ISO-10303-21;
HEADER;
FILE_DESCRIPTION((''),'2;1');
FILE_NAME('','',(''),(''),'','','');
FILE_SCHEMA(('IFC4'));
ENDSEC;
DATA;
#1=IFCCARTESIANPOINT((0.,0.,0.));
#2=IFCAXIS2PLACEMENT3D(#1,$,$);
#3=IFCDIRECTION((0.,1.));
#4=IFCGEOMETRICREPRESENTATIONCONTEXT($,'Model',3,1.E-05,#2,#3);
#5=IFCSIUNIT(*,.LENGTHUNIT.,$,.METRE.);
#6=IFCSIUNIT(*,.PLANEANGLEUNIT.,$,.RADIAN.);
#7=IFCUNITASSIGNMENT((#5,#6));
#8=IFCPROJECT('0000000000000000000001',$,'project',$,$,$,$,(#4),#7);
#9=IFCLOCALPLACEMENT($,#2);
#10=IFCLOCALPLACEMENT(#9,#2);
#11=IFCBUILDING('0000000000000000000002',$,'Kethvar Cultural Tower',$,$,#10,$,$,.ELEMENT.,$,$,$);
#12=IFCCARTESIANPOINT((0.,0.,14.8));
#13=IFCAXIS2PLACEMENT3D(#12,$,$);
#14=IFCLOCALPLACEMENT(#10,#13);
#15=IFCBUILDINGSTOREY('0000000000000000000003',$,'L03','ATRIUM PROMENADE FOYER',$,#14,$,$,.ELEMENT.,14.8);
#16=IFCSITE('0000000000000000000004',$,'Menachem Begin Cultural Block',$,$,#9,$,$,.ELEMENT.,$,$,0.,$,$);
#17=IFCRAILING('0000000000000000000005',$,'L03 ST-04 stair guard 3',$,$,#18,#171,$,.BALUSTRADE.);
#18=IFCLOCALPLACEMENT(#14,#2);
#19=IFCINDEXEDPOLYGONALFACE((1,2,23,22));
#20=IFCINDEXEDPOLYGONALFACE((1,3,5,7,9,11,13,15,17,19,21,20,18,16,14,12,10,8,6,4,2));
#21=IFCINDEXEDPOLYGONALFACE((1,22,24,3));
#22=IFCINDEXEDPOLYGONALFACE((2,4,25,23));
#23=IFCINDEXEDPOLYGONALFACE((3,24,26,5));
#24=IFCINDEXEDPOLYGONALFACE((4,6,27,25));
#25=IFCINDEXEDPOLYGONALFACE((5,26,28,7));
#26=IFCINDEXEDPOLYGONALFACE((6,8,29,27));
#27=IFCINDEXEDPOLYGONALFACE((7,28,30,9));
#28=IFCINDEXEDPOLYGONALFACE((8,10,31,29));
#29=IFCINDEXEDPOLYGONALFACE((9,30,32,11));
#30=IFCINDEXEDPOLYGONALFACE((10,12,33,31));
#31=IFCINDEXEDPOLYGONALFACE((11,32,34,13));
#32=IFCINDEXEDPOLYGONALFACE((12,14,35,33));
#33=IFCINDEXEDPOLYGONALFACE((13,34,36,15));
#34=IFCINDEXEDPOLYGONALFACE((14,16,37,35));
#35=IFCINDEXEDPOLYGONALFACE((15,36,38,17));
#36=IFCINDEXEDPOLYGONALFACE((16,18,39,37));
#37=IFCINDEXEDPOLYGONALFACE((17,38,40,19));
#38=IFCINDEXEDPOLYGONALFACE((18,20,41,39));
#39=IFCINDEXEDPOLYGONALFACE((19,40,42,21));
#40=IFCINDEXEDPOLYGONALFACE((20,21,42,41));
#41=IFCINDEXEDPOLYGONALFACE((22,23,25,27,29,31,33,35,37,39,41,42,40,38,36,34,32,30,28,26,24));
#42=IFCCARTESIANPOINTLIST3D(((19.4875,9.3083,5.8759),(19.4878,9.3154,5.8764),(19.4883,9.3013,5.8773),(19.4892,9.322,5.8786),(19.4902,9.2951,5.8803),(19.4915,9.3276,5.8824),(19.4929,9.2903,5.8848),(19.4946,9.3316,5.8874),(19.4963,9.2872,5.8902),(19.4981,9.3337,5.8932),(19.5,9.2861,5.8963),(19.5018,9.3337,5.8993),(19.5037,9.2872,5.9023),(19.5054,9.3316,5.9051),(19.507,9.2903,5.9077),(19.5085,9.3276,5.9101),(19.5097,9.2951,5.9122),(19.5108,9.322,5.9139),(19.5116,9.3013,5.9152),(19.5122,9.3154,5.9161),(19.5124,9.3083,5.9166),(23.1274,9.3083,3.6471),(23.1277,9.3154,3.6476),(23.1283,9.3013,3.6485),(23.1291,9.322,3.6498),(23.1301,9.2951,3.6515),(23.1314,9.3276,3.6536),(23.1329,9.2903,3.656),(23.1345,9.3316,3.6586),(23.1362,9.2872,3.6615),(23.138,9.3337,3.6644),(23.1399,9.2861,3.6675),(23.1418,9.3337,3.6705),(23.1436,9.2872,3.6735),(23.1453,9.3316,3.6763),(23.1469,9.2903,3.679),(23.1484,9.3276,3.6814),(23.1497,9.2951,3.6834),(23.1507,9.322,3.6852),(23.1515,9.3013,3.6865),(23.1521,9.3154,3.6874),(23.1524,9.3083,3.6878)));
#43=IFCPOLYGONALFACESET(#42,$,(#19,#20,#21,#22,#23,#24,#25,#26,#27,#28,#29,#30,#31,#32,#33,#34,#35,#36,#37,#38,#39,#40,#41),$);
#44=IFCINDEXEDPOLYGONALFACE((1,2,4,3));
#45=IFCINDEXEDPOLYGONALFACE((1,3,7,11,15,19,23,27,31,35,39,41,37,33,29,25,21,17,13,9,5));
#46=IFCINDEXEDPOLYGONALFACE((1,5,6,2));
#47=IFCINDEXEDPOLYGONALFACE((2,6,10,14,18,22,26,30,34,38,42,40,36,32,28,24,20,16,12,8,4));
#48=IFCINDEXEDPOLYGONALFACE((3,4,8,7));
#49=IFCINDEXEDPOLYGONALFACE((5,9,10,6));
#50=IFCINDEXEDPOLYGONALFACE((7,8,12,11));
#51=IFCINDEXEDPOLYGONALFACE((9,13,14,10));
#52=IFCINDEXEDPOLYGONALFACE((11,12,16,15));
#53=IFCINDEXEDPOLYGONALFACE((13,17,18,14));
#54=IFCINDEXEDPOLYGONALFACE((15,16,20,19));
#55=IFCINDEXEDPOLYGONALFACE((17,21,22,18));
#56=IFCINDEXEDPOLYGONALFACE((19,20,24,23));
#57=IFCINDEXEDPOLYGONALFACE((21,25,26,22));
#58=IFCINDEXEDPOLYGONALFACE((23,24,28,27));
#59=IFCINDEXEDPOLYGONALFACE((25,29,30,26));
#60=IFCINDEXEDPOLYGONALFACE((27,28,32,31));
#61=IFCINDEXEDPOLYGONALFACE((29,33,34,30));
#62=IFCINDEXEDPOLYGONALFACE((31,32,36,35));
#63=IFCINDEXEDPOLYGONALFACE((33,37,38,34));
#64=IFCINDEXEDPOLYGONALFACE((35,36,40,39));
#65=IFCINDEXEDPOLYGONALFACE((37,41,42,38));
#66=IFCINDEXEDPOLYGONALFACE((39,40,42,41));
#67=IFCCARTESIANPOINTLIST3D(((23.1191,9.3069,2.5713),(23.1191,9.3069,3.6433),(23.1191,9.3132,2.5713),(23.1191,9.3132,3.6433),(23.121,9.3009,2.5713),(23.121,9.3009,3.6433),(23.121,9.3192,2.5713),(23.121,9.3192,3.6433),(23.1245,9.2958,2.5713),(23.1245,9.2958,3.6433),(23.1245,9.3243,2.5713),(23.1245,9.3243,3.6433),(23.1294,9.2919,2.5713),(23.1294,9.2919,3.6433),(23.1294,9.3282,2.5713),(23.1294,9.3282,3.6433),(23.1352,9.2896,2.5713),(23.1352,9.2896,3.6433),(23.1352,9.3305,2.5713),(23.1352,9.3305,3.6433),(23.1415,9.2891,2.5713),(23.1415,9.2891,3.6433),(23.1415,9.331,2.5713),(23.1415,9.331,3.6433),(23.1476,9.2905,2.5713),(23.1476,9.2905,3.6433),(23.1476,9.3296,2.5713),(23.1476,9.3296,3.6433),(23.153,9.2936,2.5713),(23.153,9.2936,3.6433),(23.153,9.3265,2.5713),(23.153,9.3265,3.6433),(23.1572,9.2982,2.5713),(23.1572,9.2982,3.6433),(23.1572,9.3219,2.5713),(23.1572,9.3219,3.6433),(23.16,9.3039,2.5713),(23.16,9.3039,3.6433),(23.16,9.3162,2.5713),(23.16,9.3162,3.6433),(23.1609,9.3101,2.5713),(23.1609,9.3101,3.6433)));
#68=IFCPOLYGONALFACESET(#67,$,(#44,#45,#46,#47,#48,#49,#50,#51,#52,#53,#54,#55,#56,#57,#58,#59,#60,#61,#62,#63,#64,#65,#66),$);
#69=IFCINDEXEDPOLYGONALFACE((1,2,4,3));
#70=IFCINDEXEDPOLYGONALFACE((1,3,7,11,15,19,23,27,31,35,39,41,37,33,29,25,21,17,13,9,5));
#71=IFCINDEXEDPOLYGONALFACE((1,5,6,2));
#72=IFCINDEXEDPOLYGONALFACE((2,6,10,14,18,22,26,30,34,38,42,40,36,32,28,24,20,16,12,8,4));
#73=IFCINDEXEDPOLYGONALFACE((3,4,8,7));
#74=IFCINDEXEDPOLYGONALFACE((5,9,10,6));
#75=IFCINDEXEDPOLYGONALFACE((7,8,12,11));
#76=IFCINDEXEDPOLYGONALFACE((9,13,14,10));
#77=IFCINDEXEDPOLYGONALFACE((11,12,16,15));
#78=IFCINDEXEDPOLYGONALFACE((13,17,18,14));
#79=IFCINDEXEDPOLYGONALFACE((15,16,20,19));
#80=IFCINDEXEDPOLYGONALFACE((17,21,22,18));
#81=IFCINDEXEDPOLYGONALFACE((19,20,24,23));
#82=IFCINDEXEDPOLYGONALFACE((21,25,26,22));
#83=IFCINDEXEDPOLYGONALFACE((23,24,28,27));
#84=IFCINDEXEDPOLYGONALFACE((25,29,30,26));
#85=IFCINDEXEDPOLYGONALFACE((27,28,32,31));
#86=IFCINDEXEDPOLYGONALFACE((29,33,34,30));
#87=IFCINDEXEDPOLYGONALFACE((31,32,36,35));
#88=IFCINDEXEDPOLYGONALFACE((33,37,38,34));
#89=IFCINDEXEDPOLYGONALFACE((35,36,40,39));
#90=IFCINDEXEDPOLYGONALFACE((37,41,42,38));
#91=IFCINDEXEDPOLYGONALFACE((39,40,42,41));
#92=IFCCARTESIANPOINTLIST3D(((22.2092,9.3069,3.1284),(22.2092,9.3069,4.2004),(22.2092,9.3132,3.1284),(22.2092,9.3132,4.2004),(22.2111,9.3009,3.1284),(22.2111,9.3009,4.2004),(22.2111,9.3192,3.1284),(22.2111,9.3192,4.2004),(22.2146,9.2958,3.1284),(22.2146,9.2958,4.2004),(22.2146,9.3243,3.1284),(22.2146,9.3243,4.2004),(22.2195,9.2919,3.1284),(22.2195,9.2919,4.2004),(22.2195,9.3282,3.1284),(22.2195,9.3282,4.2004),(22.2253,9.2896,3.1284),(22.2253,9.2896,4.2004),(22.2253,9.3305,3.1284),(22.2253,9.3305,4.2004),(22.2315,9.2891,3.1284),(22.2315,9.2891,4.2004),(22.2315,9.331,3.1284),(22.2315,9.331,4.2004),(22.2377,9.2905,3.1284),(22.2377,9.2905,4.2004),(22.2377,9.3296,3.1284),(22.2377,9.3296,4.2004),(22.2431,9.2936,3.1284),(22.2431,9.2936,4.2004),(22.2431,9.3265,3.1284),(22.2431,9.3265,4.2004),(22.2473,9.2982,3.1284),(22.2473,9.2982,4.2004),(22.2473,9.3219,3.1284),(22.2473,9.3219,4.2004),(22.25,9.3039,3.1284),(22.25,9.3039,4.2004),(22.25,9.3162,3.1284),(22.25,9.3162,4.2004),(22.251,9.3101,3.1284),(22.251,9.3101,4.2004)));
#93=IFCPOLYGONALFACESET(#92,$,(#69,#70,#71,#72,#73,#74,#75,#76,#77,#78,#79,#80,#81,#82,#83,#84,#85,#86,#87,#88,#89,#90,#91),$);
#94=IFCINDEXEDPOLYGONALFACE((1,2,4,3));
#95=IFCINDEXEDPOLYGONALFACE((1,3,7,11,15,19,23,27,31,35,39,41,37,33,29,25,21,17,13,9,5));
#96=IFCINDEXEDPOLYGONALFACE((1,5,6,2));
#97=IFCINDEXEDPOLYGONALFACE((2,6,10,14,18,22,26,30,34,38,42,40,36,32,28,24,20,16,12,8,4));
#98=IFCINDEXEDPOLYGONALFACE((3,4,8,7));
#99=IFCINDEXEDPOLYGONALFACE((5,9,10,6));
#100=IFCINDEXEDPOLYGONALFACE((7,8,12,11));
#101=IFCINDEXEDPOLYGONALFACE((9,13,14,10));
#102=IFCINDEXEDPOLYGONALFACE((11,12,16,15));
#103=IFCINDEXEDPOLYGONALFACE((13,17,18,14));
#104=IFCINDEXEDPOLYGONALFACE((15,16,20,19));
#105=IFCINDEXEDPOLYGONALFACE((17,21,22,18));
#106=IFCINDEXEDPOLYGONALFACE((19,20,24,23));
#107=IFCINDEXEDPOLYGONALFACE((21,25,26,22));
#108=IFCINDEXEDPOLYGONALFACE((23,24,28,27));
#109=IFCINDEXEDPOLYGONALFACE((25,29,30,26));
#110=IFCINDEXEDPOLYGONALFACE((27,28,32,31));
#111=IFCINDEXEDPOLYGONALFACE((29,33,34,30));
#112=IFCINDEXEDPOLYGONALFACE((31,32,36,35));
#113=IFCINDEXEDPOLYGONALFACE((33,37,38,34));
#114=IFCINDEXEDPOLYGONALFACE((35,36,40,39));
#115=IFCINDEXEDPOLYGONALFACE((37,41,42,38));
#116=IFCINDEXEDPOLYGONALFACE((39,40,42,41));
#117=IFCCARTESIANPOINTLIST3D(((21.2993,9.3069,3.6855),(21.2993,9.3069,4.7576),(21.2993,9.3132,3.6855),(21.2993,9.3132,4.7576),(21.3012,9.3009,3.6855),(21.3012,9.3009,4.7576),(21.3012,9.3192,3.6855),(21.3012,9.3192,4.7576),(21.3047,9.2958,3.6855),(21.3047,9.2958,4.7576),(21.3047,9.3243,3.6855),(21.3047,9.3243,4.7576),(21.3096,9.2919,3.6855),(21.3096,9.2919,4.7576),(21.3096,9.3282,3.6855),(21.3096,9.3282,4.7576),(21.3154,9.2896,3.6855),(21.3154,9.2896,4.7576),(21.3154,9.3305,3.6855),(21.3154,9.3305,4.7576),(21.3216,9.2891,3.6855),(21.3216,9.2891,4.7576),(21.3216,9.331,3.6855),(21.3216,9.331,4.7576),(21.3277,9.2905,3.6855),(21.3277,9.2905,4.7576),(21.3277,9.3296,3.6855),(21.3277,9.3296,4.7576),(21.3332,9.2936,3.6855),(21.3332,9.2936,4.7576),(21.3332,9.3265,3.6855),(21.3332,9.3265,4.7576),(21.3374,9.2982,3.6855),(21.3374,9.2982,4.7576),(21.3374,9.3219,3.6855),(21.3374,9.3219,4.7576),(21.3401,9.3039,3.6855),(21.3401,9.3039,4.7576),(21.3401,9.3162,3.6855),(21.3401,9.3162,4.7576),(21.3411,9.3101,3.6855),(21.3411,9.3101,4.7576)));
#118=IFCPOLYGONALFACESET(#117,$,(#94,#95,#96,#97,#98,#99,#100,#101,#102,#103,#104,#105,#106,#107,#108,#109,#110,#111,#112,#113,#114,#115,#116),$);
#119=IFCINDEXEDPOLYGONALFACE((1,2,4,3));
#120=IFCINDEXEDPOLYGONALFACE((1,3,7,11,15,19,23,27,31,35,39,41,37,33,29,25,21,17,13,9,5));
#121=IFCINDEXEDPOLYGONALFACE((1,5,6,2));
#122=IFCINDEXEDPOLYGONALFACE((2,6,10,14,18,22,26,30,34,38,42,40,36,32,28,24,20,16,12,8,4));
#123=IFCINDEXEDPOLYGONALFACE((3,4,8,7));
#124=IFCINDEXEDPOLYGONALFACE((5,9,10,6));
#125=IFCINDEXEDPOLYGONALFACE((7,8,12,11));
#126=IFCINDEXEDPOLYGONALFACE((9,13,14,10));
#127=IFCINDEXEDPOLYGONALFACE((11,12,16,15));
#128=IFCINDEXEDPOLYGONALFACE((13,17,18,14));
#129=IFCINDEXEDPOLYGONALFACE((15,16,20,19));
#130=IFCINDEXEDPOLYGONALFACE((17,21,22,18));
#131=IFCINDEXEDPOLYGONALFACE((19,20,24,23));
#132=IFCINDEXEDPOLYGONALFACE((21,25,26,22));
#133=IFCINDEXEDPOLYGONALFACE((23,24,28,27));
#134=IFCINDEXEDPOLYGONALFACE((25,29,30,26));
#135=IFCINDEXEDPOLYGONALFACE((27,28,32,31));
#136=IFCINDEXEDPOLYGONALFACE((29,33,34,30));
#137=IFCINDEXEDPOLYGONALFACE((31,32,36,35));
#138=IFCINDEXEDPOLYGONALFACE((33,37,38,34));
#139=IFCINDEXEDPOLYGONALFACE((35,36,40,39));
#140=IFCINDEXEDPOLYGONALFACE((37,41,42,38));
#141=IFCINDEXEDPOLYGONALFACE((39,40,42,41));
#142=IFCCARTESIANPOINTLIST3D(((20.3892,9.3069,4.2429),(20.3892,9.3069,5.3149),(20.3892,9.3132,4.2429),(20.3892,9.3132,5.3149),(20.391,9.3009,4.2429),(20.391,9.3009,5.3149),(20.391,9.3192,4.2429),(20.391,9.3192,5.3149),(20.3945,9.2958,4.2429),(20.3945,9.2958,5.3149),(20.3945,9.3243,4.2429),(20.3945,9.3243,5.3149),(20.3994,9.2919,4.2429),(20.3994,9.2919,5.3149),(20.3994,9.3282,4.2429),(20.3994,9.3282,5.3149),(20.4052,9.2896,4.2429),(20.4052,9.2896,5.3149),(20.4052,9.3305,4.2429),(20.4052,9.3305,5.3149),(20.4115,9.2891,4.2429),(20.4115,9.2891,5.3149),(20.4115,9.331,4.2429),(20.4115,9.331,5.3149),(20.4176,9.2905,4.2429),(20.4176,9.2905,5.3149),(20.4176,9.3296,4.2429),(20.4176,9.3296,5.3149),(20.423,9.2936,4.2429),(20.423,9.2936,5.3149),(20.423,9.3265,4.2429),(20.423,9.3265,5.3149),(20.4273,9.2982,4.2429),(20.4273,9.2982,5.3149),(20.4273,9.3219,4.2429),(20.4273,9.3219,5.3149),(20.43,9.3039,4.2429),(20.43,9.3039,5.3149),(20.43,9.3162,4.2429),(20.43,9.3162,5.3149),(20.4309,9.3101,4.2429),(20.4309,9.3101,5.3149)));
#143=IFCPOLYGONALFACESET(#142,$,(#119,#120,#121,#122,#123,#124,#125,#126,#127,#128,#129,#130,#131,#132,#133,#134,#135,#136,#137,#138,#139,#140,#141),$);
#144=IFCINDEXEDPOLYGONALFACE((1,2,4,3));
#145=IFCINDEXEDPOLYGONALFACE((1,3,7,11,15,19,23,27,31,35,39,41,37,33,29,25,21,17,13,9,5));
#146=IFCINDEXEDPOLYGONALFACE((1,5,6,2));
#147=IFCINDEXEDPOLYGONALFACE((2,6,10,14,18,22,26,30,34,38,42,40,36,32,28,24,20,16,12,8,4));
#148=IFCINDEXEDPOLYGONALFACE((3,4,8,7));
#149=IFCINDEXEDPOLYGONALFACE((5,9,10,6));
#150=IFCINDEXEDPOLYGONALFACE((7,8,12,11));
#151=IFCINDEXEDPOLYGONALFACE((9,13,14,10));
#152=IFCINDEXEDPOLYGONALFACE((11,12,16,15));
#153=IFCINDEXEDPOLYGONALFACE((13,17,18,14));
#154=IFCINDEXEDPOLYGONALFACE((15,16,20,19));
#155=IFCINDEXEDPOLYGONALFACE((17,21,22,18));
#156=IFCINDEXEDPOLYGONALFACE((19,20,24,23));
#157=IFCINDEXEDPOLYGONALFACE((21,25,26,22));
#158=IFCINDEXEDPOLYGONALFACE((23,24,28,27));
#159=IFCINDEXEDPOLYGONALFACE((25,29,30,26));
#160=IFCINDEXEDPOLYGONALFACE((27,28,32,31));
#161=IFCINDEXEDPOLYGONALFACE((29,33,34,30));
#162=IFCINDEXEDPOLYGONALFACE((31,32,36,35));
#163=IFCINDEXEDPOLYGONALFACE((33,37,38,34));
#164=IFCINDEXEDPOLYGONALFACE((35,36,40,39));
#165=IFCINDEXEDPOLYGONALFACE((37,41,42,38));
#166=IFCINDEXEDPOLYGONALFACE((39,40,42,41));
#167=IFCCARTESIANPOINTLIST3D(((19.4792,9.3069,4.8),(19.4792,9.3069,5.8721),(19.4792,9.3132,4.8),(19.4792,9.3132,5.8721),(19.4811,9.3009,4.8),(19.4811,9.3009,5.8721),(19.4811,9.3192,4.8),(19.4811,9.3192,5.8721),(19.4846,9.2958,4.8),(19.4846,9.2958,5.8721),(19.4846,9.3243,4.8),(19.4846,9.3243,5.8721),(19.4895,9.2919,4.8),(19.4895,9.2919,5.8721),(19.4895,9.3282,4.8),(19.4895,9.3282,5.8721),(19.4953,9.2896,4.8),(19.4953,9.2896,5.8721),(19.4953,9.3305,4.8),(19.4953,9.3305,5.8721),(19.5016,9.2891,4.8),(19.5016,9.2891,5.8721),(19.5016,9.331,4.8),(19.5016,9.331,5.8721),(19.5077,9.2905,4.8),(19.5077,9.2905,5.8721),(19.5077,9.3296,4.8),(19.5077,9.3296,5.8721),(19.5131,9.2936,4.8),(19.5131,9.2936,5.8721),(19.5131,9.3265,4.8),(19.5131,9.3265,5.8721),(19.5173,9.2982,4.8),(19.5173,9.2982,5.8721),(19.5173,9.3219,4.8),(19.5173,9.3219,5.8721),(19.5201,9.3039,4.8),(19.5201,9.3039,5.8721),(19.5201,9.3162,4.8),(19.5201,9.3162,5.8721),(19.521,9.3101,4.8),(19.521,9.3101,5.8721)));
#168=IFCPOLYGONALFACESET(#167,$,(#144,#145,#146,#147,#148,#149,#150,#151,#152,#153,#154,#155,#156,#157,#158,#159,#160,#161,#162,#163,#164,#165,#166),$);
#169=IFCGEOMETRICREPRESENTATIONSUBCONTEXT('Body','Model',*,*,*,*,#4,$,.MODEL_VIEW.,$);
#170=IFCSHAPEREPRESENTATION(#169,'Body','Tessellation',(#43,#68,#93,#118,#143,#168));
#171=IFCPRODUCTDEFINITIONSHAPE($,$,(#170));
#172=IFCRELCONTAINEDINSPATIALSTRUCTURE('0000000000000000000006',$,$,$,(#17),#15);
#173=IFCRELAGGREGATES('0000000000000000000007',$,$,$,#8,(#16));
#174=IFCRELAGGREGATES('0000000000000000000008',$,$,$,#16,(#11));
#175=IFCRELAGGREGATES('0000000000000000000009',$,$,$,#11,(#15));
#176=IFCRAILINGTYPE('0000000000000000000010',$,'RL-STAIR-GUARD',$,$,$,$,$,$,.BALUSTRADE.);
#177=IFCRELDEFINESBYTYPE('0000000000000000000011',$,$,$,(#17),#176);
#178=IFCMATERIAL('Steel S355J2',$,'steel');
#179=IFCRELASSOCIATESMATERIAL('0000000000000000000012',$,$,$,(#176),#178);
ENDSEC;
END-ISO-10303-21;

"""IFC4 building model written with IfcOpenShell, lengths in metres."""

from ifc_helpers import new_model, si_unit, direction, frame, origin, origin_2d, place, context, subcontext, project, spatial, circle, extrude, material, type_object, element, save


model = new_model("IFC4")

# Units and contexts
model_context = context("Model", 3, precision=1e-05, world=origin(), true_north=direction((0.0, 1.0)))
body_context = subcontext(model_context, "Body", "Model", "MODEL_VIEW")
ifc_project = project(units=[si_unit("LENGTHUNIT", "METRE"), si_unit("PLANEANGLEUNIT", "RADIAN")], contexts=[model_context])

# Site, building, storey
site_placement = place(None, origin())
site = spatial("IfcSite", under=ifc_project, at=site_placement, Name="Menachem Begin Cultural Block", CompositionType="ELEMENT", RefElevation=0.0)
building_placement = place(site_placement, origin())
building = spatial("IfcBuilding", under=site, at=building_placement, Name="Kethvar Cultural Tower", CompositionType="ELEMENT")
storey_placement = place(building_placement, frame((0.0, 0.0, 14.8)))
storey = spatial("IfcBuildingStorey", under=building, at=storey_placement, Name="L03", Description="ATRIUM PROMENADE FOYER", CompositionType="ELEMENT", Elevation=14.8)

# Shared definitions
ifc_material_1 = material(Name="Steel S355J2", Category="steel")

# Railing
railing_type_1 = type_object("IfcRailingType", Name="RL-STAIR-GUARD", PredefinedType="BALUSTRADE", material=ifc_material_1)
railing_1_placement = place(storey_placement, frame((23.1399, 9.3101, 2.5713)))
element("IfcRailing", 1, at=railing_1_placement, inside=storey, type_object=railing_type_1, Name="L03 ST-04 stair guard 3", PredefinedType="BALUSTRADE", context=body_context, shape_type="SweptSolid", body=[
    extrude(circle(Radius=0.0239, at=origin_2d()), frame((0.0, 0.0, 1.0962), z_axis=(-0.852825, 0.0, 0.522197), x_axis=(0.0, -1.0, 0.0)), (0.0, 0.0, 1.0), 4.2681),
    extrude(circle(Radius=0.021, at=origin_2d()), origin(), (0.0, 0.0, 1.0), 1.072),
    extrude(circle(Radius=0.021, at=origin_2d()), frame((-0.9099, 0.0, 0.5571)), (0.0, 0.0, 1.0), 1.072),
    extrude(circle(Radius=0.021, at=origin_2d()), frame((-1.8198, 0.0, 1.1143)), (0.0, 0.0, 1.0), 1.072),
    extrude(circle(Radius=0.021, at=origin_2d()), frame((-2.73, 0.0, 1.6716)), (0.0, 0.0, 1.0), 1.072),
    extrude(circle(Radius=0.021, at=origin_2d()), frame((-3.6399, 0.0, 2.2288)), (0.0, 0.0, 1.0), 1.072),
])

save(model, "model.ifc")
